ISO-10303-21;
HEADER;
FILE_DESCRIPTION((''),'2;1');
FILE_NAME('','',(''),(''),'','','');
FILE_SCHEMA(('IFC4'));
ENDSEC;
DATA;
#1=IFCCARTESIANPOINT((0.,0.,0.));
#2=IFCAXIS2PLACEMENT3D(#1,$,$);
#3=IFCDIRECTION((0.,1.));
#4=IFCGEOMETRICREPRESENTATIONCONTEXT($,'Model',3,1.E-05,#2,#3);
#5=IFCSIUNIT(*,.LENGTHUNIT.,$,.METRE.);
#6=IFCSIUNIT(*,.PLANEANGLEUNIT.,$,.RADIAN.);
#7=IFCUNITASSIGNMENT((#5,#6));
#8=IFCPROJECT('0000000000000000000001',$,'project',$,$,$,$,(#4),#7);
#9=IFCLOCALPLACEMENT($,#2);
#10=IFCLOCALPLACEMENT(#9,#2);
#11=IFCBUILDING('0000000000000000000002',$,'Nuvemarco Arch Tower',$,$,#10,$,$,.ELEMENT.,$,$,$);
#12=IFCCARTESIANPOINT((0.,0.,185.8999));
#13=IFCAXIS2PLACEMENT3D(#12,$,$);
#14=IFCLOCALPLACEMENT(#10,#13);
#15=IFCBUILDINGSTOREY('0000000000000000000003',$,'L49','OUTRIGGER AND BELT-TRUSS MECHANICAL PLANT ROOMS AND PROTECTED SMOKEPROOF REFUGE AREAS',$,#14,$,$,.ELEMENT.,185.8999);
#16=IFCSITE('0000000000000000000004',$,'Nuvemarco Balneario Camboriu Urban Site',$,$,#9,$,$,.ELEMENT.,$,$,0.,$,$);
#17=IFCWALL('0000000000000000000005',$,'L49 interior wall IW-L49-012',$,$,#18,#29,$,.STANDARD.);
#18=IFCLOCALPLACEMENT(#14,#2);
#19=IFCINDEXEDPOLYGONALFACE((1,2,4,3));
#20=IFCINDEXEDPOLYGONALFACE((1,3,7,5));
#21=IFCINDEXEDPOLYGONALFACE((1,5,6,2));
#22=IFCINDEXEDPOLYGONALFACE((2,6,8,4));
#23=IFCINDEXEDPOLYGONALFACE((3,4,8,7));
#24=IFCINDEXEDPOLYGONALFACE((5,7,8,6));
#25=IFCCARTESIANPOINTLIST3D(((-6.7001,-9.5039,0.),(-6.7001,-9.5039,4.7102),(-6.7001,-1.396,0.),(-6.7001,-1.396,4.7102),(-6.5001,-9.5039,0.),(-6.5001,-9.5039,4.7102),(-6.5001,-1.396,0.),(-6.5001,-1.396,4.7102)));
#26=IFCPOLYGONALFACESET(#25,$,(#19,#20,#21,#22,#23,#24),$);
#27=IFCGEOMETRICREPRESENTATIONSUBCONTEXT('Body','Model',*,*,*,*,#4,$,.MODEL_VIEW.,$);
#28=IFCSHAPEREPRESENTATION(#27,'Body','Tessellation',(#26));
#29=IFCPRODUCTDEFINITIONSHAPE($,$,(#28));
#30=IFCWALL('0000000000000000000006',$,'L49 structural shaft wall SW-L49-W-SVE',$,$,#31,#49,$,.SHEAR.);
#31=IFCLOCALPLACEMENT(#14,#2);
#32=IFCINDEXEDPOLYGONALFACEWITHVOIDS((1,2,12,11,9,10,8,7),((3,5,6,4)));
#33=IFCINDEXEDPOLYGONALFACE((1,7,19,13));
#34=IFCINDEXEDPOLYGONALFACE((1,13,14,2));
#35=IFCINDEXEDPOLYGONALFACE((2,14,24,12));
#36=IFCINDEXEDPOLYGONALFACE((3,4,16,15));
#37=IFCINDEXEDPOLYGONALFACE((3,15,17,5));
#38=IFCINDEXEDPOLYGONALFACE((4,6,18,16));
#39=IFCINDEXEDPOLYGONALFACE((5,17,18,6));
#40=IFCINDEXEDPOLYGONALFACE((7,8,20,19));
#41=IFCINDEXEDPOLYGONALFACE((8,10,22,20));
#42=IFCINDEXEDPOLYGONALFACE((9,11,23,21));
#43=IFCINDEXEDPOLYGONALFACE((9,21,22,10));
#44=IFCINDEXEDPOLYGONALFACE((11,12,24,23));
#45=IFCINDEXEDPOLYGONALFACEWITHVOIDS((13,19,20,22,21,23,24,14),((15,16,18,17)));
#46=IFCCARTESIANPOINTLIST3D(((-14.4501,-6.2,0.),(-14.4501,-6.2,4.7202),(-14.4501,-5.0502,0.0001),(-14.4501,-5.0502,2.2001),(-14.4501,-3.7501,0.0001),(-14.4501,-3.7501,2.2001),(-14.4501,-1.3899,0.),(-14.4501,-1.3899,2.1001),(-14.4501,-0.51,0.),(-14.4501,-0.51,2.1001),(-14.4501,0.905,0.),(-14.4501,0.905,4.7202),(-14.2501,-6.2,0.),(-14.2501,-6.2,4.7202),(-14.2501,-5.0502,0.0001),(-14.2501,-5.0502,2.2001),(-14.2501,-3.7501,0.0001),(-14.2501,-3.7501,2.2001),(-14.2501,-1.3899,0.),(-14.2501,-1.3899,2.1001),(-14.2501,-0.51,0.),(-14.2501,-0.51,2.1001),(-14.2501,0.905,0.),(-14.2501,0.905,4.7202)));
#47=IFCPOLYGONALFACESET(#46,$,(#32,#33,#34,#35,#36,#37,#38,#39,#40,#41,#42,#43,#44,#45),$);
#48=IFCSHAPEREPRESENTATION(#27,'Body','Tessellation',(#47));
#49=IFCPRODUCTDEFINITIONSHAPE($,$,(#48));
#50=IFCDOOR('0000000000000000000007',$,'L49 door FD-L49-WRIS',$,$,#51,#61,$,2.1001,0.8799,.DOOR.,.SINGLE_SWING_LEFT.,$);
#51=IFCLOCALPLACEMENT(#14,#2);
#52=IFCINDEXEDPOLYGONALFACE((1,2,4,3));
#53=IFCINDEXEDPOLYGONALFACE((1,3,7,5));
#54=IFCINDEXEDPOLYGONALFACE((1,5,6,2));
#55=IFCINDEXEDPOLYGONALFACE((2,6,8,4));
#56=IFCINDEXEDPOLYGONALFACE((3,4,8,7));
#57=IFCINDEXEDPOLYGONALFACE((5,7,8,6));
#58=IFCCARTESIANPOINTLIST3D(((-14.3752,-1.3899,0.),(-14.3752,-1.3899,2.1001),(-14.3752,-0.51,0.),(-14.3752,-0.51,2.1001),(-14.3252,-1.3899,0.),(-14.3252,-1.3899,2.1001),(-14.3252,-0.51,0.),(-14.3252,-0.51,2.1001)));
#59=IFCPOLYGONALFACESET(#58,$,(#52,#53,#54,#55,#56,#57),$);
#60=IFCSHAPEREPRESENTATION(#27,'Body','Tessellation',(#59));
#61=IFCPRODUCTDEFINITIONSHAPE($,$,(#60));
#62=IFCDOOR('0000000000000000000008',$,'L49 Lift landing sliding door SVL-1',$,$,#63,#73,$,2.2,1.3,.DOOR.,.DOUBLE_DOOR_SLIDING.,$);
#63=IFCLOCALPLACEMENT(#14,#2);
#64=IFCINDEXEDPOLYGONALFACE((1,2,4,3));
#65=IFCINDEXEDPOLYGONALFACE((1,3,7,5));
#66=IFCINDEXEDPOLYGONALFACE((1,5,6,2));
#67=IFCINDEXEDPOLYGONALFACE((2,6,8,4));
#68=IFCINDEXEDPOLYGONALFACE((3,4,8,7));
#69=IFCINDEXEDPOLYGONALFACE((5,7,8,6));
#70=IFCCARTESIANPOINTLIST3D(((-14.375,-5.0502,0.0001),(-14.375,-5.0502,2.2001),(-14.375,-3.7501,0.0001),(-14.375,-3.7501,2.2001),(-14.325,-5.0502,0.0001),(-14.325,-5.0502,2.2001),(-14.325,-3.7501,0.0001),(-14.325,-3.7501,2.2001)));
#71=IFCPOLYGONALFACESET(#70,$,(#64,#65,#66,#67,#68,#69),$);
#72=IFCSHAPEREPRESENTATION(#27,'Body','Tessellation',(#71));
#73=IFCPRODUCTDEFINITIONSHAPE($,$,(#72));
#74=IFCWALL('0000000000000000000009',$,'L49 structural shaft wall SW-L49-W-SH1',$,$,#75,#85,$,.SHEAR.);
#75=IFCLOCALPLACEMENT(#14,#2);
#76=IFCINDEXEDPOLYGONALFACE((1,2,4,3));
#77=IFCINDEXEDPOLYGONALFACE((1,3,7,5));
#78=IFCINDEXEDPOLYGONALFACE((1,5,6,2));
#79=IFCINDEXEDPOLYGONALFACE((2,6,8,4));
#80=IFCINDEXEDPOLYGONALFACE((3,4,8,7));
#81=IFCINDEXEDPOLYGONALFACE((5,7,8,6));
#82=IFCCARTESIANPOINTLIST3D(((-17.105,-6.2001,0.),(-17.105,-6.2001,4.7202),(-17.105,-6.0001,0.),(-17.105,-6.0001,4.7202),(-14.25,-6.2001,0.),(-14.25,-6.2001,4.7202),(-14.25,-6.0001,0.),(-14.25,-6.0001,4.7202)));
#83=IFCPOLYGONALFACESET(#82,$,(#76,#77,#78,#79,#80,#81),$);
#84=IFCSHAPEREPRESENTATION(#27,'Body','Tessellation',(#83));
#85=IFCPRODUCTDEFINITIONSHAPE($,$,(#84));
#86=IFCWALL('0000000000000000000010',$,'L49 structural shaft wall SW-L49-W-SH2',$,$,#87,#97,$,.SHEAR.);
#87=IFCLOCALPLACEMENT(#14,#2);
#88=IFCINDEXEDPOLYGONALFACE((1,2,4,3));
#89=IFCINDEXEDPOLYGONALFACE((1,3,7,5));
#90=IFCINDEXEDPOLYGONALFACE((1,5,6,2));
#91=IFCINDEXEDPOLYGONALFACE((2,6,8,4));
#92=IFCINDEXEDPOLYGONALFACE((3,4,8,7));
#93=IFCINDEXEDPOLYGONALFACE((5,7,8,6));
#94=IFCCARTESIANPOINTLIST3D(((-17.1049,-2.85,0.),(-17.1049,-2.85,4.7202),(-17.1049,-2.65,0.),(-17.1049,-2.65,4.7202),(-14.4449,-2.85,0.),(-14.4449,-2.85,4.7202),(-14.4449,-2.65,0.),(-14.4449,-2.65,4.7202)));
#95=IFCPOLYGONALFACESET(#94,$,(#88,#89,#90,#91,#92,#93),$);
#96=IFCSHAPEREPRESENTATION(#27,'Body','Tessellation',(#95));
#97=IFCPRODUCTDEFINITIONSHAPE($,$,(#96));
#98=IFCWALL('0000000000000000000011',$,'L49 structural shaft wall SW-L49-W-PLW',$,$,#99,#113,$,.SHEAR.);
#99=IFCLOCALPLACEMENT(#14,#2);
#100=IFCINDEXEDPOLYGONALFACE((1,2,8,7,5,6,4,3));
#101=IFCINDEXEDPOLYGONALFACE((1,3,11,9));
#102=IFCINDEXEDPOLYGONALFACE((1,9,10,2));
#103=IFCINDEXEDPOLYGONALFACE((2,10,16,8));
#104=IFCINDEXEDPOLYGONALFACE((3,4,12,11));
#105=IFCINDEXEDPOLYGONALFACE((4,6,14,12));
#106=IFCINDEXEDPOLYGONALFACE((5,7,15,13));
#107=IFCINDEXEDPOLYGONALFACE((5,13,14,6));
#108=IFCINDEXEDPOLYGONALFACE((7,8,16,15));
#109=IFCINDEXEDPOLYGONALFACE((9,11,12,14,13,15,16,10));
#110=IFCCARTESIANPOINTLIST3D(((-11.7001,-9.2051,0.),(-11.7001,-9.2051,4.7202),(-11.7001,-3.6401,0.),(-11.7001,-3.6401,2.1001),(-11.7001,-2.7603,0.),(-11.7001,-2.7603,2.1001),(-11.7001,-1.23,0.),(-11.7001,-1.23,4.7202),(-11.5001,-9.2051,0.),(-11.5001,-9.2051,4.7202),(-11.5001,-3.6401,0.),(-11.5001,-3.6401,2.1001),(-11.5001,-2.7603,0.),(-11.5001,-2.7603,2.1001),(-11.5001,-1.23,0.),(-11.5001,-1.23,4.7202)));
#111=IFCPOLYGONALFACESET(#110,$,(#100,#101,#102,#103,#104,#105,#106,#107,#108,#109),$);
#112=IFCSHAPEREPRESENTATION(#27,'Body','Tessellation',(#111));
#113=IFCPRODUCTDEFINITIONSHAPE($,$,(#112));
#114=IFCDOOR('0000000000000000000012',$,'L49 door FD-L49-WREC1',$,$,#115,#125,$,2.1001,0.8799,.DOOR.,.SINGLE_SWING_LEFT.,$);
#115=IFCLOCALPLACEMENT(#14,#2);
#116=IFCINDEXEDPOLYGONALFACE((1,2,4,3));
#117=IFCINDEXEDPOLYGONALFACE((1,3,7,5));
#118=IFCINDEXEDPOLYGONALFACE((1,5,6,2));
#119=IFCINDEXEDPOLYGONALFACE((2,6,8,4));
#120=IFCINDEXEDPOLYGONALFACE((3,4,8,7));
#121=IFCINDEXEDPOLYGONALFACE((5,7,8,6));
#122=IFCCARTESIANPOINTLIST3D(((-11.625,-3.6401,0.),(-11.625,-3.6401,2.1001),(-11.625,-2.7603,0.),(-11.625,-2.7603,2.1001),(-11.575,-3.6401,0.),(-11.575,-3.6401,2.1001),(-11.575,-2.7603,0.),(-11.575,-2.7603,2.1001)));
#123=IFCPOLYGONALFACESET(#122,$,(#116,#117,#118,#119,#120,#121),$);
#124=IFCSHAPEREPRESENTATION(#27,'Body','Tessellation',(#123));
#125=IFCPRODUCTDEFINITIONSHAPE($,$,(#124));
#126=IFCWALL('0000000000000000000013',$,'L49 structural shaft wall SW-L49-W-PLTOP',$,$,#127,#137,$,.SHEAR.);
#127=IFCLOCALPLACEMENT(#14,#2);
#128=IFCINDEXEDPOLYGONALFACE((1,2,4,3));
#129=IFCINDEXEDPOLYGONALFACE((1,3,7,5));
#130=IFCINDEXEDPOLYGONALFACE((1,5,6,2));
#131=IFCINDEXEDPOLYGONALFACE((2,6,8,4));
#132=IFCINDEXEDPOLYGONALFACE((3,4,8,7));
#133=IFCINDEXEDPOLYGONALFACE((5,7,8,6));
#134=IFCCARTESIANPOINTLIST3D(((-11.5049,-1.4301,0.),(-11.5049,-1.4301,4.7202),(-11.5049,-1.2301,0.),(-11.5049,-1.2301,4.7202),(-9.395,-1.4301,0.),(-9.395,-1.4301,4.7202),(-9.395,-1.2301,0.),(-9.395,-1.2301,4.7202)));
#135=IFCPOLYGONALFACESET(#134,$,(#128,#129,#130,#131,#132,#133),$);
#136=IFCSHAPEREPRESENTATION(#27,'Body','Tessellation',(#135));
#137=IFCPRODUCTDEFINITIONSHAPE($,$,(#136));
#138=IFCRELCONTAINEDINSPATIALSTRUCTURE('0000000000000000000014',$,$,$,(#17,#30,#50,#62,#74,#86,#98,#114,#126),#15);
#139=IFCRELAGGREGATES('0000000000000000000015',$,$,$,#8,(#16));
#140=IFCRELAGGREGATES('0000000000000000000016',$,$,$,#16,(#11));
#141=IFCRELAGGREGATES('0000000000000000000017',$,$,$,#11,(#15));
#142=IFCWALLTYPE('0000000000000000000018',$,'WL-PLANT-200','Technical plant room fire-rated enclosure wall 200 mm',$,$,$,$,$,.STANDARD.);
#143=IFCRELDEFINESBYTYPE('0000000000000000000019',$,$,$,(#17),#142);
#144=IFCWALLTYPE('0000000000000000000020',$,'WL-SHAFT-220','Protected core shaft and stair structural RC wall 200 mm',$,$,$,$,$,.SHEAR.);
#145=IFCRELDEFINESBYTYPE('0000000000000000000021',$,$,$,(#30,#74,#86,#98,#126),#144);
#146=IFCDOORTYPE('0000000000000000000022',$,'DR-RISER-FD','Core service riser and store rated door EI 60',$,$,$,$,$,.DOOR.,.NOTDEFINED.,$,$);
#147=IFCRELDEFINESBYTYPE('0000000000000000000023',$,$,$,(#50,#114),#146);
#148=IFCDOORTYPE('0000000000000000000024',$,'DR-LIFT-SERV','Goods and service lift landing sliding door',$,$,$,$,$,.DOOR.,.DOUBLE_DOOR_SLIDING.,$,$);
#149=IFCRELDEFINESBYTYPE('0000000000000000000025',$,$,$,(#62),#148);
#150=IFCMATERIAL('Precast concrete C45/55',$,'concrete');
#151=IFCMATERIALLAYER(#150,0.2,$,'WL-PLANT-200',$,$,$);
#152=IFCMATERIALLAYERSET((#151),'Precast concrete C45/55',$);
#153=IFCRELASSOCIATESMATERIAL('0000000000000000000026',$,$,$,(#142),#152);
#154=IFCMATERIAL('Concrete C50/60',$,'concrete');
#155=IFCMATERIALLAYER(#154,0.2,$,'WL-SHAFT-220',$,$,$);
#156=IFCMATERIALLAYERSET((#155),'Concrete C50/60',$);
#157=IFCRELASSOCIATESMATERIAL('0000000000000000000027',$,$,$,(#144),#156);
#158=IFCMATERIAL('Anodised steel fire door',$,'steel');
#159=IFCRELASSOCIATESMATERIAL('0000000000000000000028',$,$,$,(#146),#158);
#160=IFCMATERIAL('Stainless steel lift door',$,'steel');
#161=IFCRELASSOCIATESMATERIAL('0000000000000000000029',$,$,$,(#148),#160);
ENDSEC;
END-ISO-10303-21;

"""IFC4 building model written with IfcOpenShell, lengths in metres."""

from ifc_helpers import new_model, si_unit, direction, frame, frame_2d, origin, place, context, subcontext, project, spatial, rectangle, extrude, source, transform, mapped, material, layer, layer_set, type_object, type_shapes, element, fill, save


model = new_model("IFC4")

# Units and contexts
model_context = context("Model", 3, precision=1e-05, world=origin(), true_north=direction((0.0, 1.0)))
body_context = subcontext(model_context, "Body", "Model", "MODEL_VIEW")
ifc_project = project(units=[si_unit("LENGTHUNIT", "METRE"), si_unit("PLANEANGLEUNIT", "RADIAN")], contexts=[model_context])

# Site, building, storey
site_placement = place(None, origin())
site = spatial("IfcSite", under=ifc_project, at=site_placement, Name="Nuvemarco Balneario Camboriu Urban Site", CompositionType="ELEMENT", RefElevation=0.0)
building_placement = place(site_placement, origin())
building = spatial("IfcBuilding", under=site, at=building_placement, Name="Nuvemarco Arch Tower", CompositionType="ELEMENT")
storey_placement = place(building_placement, frame((0.0, 0.0, 185.8999)))
storey = spatial("IfcBuildingStorey", under=building, at=storey_placement, Name="L49", Description="OUTRIGGER AND BELT-TRUSS MECHANICAL PLANT ROOMS AND PROTECTED SMOKEPROOF REFUGE AREAS", CompositionType="ELEMENT", Elevation=185.8999)

# Shared definitions
ifc_material_1 = material(Name="Concrete C50/60", Category="concrete")

# Shared definitions
ifc_material_2 = material(Name="Anodised steel fire door", Category="steel")

# Shared definitions
ifc_material_3 = material(Name="Precast concrete C45/55", Category="concrete")
ifc_layer_1 = layer(ifc_material_3, 0.2, Name="WL-PLANT-200")
ifc_layer_set_1 = layer_set([ifc_layer_1], Name="Precast concrete C45/55")
wall_type_1 = type_object("IfcWallType", Name="WL-PLANT-200", Description="Technical plant room fire-rated enclosure wall 200 mm", PredefinedType="STANDARD", material=ifc_layer_set_1)

# Wall
wall_1_placement = place(storey_placement, frame((-6.6001, -9.5039, 0.0), z_axis=(0.0, 0.0, 1.0), x_axis=(0.0, 1.0, 0.0)))
element("IfcWall", 1, at=wall_1_placement, inside=storey, type_object=wall_type_1, Name="L49 interior wall IW-L49-012", PredefinedType="STANDARD", context=body_context, shape_type="SweptSolid", body=[
    extrude(rectangle(XDim=8.1079, YDim=0.2, at=frame_2d((4.054, 0.0))), origin(), (0.0, 0.0, 1.0), 4.7102),
])

# Shared definitions
ifc_layer_2 = layer(ifc_material_1, 0.2, Name="WL-SHAFT-220")
ifc_layer_set_2 = layer_set([ifc_layer_2], Name="Concrete C50/60")
wall_type_2 = type_object("IfcWallType", Name="WL-SHAFT-220", Description="Protected core shaft and stair structural RC wall 200 mm", PredefinedType="SHEAR", material=ifc_layer_set_2)
ifc_material_4 = material(Name="Stainless steel lift door", Category="steel")

# Wall, openings, doors
wall_2_placement = place(storey_placement, frame((-14.3501, -6.2, 0.0), z_axis=(0.0, 0.0, 1.0), x_axis=(0.0, 1.0, 0.0)))
wall_2 = element("IfcWall", 2, at=wall_2_placement, inside=storey, type_object=wall_type_2, Name="L49 structural shaft wall SW-L49-W-SVE", PredefinedType="SHEAR", context=body_context, shape_type="SweptSolid", body=[
    extrude(rectangle(XDim=7.105, YDim=0.2, at=frame_2d((3.5525, 0.0))), origin(), (0.0, 0.0, 1.0), 4.7202),
])
opening_1_placement = place(wall_2_placement, frame((5.6899, 0.0, 0.0), z_axis=(0.0, 0.0, 1.0), x_axis=(-1.0, 0.0, 0.0)))
opening_1 = element("IfcOpeningElement", 3, at=opening_1_placement, cuts=wall_2, PredefinedType="OPENING", context=body_context, shape_type="SweptSolid", body=[
    extrude(rectangle(XDim=0.8799, YDim=2.1001, at=frame_2d((0.4399, 1.05))), frame((0.0, 0.1099, 0.0), z_axis=(0.0, -1.0, 0.0), x_axis=(1.0, 0.0, 0.0)), (0.0, 0.0, 1.0), 0.22),
])
opening_2_placement = place(wall_2_placement, frame((1.1499, 0.0, 0.0)))
opening_2 = element("IfcOpeningElement", 4, at=opening_2_placement, cuts=wall_2, PredefinedType="OPENING", context=body_context, shape_type="SweptSolid", body=[
    extrude(rectangle(XDim=1.3, YDim=2.2, at=frame_2d((0.6499, 1.1001))), frame((0.0, 0.1099, 0.0), z_axis=(0.0, -1.0, 0.0), x_axis=(1.0, 0.0, 0.0)), (0.0, 0.0, 1.0), 0.22),
])
door_type_1 = type_object("IfcDoorType", Name="DR-RISER-FD", Description="Core service riser and store rated door EI 60", OperationType="NOTDEFINED", PredefinedType="DOOR", material=ifc_material_2)
shared_shape_1 = source(origin(), body_context, "Body", "SweptSolid", [
    extrude(rectangle(XDim=0.8799, YDim=2.1001, at=frame_2d((0.4399, 1.05))), frame((0.0, 0.0249, 0.0), z_axis=(0.0, -1.0, 0.0), x_axis=(1.0, 0.0, 0.0)), (0.0, 0.0, 1.0), 0.05),
])
type_shapes(door_type_1, [shared_shape_1])
door_1_placement = place(opening_1_placement, origin())
door_1 = element("IfcDoor", 5, at=door_1_placement, inside=storey, type_object=door_type_1, Name="L49 door FD-L49-WRIS", OperationType="SINGLE_SWING_LEFT", OverallHeight=2.1001, OverallWidth=0.8799, PredefinedType="DOOR", context=body_context, shape_type="MappedRepresentation", body=[
    mapped(shared_shape_1, transform((0.0, 0.0, 0.0), scale=1.0)),
])
fill(opening_1, door_1)
door_type_2 = type_object("IfcDoorType", Name="DR-LIFT-SERV", Description="Goods and service lift landing sliding door", OperationType="DOUBLE_DOOR_SLIDING", PredefinedType="DOOR", material=ifc_material_4)
shared_shape_2 = source(origin(), body_context, "Body", "SweptSolid", [
    extrude(rectangle(XDim=1.3, YDim=2.2, at=frame_2d((0.6499, 1.1001))), frame((0.0, 0.0249, 0.0), z_axis=(0.0, -1.0, 0.0), x_axis=(1.0, 0.0, 0.0)), (0.0, 0.0, 1.0), 0.05),
])
type_shapes(door_type_2, [shared_shape_2])
door_2_placement = place(opening_2_placement, origin())
door_2 = element("IfcDoor", 6, at=door_2_placement, inside=storey, type_object=door_type_2, Name="L49 Lift landing sliding door SVL-1", OperationType="DOUBLE_DOOR_SLIDING", OverallHeight=2.2, OverallWidth=1.3, PredefinedType="DOOR", context=body_context, shape_type="MappedRepresentation", body=[
    mapped(shared_shape_2, transform((0.0, 0.0, 0.0), scale=1.0)),
])
fill(opening_2, door_2)

# Walls
wall_3_placement = place(storey_placement, frame((-17.105, -6.1001, 0.0), z_axis=(0.0, 0.0, 1.0), x_axis=(1.0, 0.0, 0.0)))
element("IfcWall", 7, at=wall_3_placement, inside=storey, type_object=wall_type_2, Name="L49 structural shaft wall SW-L49-W-SH1", PredefinedType="SHEAR", context=body_context, shape_type="SweptSolid", body=[
    extrude(rectangle(XDim=2.855, YDim=0.2, at=frame_2d((1.4275, 0.0))), origin(), (0.0, 0.0, 1.0), 4.7202),
])
wall_4_placement = place(storey_placement, frame((-17.105, -2.75, 0.0), z_axis=(0.0, 0.0, 1.0), x_axis=(1.0, 0.0, 0.0)))
element("IfcWall", 8, at=wall_4_placement, inside=storey, type_object=wall_type_2, Name="L49 structural shaft wall SW-L49-W-SH2", PredefinedType="SHEAR", context=body_context, shape_type="SweptSolid", body=[
    extrude(rectangle(XDim=2.6599, YDim=0.2, at=frame_2d((1.3301, 0.0))), origin(), (0.0, 0.0, 1.0), 4.7202),
])

# Wall, opening, door
wall_5_placement = place(storey_placement, frame((-11.6001, -9.2051, 0.0), z_axis=(0.0, 0.0, 1.0), x_axis=(0.0, 1.0, 0.0)))
wall_5 = element("IfcWall", 9, at=wall_5_placement, inside=storey, type_object=wall_type_2, Name="L49 structural shaft wall SW-L49-W-PLW", PredefinedType="SHEAR", context=body_context, shape_type="SweptSolid", body=[
    extrude(rectangle(XDim=7.9751, YDim=0.2, at=frame_2d((3.9875, 0.0))), origin(), (0.0, 0.0, 1.0), 4.7202),
])
opening_3_placement = place(wall_5_placement, frame((5.5649, 0.0, 0.0)))
opening_3 = element("IfcOpeningElement", 10, at=opening_3_placement, cuts=wall_5, PredefinedType="OPENING", context=body_context, shape_type="SweptSolid", body=[
    extrude(rectangle(XDim=0.8799, YDim=2.1001, at=frame_2d((0.4399, 1.05))), frame((0.0, 0.1099, 0.0), z_axis=(0.0, -1.0, 0.0), x_axis=(1.0, 0.0, 0.0)), (0.0, 0.0, 1.0), 0.22),
])
door_3_placement = place(opening_3_placement, origin())
door_3 = element("IfcDoor", 11, at=door_3_placement, inside=storey, type_object=door_type_1, Name="L49 door FD-L49-WREC1", OperationType="SINGLE_SWING_LEFT", OverallHeight=2.1001, OverallWidth=0.8799, PredefinedType="DOOR", context=body_context, shape_type="MappedRepresentation", body=[
    mapped(shared_shape_1, transform((0.0, 0.0, 0.0), scale=1.0)),
])
fill(opening_3, door_3)

# Wall
wall_6_placement = place(storey_placement, frame((-11.5049, -1.3301, 0.0), z_axis=(0.0, 0.0, 1.0), x_axis=(1.0, 0.0, 0.0)))
element("IfcWall", 12, at=wall_6_placement, inside=storey, type_object=wall_type_2, Name="L49 structural shaft wall SW-L49-W-PLTOP", PredefinedType="SHEAR", context=body_context, shape_type="SweptSolid", body=[
    extrude(rectangle(XDim=2.1099, YDim=0.2, at=frame_2d((1.0549, 0.0))), origin(), (0.0, 0.0, 1.0), 4.7202),
])

save(model, "model.ifc")
